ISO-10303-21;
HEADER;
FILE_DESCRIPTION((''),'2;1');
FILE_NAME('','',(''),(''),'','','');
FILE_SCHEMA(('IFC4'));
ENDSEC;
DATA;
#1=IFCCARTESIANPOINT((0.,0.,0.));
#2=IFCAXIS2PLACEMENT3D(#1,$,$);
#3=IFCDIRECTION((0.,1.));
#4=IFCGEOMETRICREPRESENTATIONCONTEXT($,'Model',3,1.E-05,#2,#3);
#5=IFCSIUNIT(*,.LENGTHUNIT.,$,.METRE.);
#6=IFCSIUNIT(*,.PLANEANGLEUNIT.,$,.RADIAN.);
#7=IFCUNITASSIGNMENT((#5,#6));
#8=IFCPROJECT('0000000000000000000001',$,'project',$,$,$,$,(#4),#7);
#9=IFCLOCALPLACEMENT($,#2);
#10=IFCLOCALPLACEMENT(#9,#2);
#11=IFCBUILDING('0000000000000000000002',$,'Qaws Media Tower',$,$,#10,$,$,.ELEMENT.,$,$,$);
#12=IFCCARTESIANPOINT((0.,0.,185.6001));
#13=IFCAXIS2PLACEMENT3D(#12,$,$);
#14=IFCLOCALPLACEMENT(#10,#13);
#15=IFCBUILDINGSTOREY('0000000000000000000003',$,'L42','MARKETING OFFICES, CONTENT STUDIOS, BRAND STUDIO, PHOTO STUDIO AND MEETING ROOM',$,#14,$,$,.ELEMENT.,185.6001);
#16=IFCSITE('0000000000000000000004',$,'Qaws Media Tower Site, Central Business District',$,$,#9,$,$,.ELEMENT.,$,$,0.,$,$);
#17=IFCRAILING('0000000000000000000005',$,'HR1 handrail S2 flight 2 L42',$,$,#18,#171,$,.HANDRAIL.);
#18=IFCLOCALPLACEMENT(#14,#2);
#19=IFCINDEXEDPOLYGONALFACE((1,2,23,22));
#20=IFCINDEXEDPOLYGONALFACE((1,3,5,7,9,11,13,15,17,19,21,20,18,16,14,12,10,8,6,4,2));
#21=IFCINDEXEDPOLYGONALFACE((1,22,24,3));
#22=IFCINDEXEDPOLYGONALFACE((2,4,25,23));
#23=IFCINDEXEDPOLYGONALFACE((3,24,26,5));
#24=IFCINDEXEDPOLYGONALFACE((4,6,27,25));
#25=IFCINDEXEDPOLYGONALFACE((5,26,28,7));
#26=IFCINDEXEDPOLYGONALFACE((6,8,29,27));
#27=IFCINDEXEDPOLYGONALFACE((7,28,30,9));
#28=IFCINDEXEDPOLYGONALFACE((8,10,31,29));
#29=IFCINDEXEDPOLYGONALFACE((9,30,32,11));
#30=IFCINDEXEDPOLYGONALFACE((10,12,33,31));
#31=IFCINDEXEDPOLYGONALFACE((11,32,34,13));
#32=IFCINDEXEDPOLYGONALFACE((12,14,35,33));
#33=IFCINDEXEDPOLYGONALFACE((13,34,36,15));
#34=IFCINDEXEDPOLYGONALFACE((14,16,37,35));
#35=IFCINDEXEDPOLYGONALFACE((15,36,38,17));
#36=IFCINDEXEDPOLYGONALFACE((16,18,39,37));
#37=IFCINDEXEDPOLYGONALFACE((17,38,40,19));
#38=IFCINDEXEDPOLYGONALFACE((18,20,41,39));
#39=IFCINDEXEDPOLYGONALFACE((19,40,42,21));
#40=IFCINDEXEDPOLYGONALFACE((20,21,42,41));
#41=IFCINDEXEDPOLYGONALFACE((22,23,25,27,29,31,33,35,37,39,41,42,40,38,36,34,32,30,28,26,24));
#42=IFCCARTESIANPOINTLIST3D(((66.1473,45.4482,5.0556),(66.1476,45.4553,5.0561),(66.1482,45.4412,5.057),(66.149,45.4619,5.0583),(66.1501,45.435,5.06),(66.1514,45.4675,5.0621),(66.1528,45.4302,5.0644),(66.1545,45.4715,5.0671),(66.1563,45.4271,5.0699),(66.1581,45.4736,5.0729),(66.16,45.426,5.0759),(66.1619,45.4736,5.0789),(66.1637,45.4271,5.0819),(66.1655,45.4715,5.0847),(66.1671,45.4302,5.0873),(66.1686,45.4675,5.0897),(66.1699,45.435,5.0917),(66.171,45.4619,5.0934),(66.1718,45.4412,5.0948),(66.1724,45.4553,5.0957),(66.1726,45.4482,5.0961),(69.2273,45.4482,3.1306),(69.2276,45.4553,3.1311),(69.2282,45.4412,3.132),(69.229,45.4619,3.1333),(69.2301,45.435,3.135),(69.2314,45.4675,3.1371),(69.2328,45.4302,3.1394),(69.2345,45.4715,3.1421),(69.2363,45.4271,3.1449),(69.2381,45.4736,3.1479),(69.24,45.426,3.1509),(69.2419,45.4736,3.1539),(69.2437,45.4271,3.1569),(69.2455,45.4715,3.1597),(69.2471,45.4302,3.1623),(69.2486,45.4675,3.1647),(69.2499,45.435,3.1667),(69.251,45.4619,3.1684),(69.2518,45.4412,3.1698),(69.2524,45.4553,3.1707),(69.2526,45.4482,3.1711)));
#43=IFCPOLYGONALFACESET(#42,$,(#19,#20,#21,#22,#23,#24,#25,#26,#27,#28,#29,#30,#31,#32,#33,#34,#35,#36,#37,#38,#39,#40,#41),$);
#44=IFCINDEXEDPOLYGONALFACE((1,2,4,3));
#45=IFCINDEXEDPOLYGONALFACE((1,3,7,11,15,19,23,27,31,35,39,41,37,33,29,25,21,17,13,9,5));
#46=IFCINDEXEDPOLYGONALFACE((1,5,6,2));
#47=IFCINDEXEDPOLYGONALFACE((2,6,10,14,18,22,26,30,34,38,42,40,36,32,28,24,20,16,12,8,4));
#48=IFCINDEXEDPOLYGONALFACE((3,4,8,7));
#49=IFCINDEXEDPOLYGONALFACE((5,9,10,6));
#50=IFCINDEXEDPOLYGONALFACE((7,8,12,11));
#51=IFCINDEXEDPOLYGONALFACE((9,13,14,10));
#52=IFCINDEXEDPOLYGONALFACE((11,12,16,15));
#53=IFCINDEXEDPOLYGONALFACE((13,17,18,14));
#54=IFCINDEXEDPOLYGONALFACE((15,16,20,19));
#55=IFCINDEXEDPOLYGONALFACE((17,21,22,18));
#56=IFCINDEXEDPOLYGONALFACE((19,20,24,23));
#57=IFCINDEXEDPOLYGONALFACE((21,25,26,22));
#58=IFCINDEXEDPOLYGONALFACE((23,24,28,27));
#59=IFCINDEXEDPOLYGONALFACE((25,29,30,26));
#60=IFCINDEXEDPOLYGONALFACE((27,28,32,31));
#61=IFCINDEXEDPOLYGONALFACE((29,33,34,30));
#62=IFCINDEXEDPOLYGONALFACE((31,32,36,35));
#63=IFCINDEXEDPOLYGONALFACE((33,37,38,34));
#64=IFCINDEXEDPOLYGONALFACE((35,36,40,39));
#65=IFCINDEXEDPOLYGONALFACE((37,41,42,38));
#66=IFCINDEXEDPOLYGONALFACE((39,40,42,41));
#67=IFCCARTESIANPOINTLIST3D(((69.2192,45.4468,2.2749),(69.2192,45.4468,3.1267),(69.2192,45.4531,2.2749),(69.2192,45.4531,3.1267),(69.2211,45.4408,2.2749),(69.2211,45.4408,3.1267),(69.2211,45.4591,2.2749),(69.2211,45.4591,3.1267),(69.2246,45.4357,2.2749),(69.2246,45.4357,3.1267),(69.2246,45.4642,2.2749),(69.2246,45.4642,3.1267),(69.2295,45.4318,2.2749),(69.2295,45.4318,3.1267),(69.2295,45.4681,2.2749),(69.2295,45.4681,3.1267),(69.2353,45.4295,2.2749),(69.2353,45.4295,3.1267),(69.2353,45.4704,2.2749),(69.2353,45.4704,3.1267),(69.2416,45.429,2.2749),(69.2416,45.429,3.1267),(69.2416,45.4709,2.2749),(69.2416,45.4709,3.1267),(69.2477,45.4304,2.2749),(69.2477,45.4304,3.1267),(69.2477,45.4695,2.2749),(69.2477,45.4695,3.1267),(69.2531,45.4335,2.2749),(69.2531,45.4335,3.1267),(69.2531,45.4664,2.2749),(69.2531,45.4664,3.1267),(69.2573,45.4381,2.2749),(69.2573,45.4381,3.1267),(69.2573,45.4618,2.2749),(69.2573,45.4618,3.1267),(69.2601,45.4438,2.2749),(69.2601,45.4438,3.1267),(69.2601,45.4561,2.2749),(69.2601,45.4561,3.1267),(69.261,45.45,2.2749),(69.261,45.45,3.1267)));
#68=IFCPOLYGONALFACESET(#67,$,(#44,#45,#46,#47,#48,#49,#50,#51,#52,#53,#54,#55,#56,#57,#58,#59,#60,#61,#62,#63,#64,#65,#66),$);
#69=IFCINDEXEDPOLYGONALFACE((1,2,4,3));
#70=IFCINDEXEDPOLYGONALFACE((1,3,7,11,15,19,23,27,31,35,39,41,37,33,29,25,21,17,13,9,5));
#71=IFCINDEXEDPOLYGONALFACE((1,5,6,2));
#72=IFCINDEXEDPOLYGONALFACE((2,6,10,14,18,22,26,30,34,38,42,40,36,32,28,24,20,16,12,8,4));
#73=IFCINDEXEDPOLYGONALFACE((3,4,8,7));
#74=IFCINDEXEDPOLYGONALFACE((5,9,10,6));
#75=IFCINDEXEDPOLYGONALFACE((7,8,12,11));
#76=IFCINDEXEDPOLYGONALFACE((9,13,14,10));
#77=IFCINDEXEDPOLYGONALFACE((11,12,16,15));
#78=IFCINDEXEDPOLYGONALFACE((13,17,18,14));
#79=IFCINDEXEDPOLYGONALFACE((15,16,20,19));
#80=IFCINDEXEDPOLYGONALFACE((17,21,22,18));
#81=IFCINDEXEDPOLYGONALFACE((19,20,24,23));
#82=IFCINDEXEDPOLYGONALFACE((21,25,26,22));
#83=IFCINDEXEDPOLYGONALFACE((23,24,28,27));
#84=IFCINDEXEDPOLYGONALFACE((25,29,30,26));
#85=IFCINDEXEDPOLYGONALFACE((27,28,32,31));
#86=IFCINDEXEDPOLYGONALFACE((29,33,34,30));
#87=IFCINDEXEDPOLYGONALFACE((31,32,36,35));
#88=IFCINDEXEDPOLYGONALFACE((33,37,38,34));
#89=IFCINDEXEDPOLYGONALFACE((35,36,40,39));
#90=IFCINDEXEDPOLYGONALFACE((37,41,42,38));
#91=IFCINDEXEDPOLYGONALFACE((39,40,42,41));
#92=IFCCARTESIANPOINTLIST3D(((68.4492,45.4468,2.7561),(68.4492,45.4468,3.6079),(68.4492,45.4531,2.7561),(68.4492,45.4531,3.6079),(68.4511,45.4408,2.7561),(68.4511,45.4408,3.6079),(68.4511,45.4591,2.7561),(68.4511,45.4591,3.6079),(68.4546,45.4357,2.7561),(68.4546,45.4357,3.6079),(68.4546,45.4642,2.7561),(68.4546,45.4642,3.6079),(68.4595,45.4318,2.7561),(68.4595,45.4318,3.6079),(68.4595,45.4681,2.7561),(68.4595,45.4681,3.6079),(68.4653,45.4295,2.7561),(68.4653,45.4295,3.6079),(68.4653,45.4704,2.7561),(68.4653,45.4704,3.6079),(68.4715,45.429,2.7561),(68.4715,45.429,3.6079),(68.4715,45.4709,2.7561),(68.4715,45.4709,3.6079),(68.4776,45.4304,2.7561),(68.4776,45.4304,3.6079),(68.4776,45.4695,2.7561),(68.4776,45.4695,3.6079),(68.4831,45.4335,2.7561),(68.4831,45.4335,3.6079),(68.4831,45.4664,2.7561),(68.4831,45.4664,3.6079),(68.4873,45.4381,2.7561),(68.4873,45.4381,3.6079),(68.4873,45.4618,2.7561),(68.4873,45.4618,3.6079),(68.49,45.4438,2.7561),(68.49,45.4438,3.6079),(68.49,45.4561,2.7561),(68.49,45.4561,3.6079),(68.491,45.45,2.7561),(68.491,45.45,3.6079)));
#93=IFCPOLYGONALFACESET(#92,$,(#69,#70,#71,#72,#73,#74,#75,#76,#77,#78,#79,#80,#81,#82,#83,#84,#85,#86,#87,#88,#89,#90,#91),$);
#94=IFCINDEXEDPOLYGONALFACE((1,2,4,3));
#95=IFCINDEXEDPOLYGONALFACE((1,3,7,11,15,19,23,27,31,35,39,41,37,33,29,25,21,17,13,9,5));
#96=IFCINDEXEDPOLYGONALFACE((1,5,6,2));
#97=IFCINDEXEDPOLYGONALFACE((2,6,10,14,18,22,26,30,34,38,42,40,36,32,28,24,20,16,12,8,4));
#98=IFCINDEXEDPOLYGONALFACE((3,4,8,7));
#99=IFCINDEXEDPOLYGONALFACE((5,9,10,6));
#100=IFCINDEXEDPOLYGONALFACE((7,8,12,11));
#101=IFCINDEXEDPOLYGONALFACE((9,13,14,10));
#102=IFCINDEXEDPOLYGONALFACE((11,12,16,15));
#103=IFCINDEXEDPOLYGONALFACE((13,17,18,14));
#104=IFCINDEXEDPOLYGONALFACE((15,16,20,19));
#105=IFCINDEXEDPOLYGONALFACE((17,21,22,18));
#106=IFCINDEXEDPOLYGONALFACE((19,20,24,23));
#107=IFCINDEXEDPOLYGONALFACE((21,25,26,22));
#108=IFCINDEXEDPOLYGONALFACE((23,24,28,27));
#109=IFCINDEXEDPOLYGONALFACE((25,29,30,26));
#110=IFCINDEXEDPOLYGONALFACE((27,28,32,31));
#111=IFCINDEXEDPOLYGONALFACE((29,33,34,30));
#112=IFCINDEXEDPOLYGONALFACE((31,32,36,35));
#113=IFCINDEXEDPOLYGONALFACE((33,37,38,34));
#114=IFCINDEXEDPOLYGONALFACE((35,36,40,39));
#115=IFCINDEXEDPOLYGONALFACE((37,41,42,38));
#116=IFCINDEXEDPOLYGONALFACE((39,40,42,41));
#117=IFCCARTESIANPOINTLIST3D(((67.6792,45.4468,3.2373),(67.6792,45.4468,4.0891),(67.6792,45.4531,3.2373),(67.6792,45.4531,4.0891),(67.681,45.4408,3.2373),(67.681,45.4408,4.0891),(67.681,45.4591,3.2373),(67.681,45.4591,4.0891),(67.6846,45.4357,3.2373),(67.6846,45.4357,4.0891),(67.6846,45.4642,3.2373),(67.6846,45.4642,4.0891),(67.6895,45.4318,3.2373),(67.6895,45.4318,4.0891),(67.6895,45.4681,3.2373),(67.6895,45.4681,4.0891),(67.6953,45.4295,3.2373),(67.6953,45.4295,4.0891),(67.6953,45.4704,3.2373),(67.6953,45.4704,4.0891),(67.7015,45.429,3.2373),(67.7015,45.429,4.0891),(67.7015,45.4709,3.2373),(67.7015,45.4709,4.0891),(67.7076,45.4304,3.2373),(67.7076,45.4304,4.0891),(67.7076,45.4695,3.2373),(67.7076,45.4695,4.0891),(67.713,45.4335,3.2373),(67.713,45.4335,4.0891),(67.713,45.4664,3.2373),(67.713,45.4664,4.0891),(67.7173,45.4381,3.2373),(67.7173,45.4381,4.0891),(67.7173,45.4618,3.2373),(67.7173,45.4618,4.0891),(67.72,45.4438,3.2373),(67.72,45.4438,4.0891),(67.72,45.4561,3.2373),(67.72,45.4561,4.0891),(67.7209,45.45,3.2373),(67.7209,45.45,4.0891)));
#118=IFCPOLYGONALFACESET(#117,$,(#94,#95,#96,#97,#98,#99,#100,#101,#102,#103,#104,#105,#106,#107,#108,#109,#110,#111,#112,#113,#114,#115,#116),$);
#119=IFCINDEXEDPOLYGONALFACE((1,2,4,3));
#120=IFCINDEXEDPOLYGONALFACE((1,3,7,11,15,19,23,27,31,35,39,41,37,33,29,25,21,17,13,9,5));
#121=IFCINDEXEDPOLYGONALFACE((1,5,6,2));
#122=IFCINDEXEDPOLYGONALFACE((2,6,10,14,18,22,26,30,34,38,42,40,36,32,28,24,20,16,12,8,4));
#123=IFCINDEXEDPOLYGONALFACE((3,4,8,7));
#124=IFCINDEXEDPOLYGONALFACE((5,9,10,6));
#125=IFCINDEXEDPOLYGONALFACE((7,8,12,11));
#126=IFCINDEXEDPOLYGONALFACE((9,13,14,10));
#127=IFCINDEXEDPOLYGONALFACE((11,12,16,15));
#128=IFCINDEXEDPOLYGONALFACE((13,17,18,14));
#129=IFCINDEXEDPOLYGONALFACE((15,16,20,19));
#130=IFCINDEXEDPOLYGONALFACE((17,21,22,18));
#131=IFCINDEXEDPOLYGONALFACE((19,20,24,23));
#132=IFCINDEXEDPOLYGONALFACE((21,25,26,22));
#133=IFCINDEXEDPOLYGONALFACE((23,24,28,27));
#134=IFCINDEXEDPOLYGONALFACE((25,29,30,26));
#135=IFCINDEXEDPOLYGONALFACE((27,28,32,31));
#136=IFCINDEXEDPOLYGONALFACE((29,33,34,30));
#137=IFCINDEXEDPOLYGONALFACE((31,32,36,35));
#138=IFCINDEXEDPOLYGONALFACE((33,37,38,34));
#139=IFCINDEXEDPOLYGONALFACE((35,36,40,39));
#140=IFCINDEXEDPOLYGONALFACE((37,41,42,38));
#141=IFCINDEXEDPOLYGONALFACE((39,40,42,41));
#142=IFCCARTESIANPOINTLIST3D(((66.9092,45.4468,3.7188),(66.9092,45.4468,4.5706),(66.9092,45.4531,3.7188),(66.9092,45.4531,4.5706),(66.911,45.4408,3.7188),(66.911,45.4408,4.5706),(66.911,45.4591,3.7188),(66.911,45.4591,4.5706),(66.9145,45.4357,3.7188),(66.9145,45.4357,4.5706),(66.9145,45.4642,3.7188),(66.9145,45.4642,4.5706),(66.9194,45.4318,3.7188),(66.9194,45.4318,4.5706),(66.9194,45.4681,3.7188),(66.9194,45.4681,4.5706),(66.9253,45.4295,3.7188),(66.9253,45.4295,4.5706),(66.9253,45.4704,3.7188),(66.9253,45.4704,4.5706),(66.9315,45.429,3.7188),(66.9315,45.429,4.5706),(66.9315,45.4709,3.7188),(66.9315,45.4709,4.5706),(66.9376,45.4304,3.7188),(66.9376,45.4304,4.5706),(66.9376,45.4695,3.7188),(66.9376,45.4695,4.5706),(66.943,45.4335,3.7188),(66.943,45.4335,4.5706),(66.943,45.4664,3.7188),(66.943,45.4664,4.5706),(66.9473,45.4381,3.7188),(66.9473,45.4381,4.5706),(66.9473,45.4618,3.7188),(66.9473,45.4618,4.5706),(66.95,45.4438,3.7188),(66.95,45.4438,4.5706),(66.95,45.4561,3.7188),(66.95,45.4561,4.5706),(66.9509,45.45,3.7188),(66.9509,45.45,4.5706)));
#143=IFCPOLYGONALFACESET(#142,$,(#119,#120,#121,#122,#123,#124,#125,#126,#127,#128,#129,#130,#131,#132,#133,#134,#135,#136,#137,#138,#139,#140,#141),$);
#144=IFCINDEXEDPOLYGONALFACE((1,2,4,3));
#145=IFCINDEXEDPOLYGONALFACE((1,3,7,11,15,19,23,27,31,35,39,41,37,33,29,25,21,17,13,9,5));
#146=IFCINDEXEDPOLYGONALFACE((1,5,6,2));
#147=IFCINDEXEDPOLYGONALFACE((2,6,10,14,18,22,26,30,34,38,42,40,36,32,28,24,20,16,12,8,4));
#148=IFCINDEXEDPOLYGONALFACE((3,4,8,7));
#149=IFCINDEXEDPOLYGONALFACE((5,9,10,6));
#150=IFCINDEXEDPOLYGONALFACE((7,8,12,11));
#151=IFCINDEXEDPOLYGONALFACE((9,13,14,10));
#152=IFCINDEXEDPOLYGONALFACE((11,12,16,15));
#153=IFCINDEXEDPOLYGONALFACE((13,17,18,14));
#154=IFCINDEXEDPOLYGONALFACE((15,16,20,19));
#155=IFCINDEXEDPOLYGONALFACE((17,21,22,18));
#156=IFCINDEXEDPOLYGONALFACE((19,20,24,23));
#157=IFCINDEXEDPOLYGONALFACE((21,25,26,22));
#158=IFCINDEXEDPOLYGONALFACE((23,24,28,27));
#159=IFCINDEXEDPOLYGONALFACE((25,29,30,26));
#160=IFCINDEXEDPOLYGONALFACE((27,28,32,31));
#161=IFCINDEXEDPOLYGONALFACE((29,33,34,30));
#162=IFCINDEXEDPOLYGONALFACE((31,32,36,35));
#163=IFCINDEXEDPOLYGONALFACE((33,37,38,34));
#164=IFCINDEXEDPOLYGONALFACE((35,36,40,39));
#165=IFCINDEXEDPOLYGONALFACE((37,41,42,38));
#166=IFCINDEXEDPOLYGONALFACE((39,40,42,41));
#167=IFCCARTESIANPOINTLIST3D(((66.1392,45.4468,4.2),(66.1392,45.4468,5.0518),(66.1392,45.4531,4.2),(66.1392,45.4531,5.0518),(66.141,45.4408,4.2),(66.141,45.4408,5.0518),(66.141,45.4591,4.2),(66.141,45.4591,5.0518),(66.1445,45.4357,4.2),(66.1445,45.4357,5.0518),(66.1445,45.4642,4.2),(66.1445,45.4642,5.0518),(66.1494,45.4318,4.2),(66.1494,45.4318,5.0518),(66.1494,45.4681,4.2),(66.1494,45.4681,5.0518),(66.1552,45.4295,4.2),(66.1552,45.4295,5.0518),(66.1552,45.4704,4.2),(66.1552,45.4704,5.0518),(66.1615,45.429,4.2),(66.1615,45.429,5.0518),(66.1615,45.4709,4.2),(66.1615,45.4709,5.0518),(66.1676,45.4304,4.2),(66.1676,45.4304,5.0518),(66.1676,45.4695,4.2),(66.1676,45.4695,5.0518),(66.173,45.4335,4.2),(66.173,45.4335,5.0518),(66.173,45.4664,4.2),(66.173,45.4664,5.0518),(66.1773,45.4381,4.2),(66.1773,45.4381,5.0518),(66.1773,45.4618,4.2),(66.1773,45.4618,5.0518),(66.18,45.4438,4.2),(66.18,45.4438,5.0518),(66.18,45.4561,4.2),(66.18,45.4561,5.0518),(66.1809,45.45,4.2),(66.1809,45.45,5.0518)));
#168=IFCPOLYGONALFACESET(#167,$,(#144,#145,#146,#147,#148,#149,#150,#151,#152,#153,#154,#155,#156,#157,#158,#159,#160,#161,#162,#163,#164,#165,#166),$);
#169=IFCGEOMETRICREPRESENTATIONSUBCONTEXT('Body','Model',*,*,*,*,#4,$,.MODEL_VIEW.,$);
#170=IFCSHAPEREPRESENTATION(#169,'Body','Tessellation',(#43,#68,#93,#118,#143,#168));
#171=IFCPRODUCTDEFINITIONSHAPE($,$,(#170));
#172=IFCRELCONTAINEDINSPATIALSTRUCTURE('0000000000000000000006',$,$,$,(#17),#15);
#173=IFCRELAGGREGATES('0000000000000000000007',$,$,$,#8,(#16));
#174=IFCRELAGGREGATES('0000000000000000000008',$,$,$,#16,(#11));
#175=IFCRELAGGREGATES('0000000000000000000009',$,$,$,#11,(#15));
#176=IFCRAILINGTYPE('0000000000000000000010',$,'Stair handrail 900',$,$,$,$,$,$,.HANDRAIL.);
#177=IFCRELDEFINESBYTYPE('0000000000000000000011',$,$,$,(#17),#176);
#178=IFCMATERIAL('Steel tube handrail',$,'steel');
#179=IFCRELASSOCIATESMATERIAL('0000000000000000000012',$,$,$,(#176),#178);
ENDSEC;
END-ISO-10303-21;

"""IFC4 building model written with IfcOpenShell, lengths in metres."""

from ifc_helpers import new_model, si_unit, direction, frame, origin, origin_2d, place, context, subcontext, project, spatial, circle, extrude, material, type_object, element, save


model = new_model("IFC4")

# Units and contexts
model_context = context("Model", 3, precision=1e-05, world=origin(), true_north=direction((0.0, 1.0)))
body_context = subcontext(model_context, "Body", "Model", "MODEL_VIEW")
ifc_project = project(units=[si_unit("LENGTHUNIT", "METRE"), si_unit("PLANEANGLEUNIT", "RADIAN")], contexts=[model_context])

# Site, building, storey
site_placement = place(None, origin())
site = spatial("IfcSite", under=ifc_project, at=site_placement, Name="Qaws Media Tower Site, Central Business District", CompositionType="ELEMENT", RefElevation=0.0)
building_placement = place(site_placement, origin())
building = spatial("IfcBuilding", under=site, at=building_placement, Name="Qaws Media Tower", CompositionType="ELEMENT")
storey_placement = place(building_placement, frame((0.0, 0.0, 185.6001)))
storey = spatial("IfcBuildingStorey", under=building, at=storey_placement, Name="L42", Description="MARKETING OFFICES, CONTENT STUDIOS, BRAND STUDIO, PHOTO STUDIO AND MEETING ROOM", CompositionType="ELEMENT", Elevation=185.6001)

# Railing
ifc_material_1 = material(Name="Steel tube handrail", Category="steel")
railing_type = type_object("IfcRailingType", Name="Stair handrail 900", PredefinedType="HANDRAIL", material=ifc_material_1)
for number, where, name in (
    (1, (69.24, 45.45, 2.2749), "HR1 handrail S2 flight 2 L42"),
):
    element("IfcRailing", number, at=place(storey_placement, frame(where)), inside=storey, type_object=railing_type, Name=name, PredefinedType="HANDRAIL", context=body_context, shape_type="SweptSolid", body=[
        extrude(circle(Radius=0.0239, at=origin_2d()), frame((0.0, 0.0, 0.876), z_axis=(-0.847998, 0.0, 0.529999), x_axis=(0.0, -1.0, 0.0)), (0.0, 0.0, 1.0), 3.6321),
        extrude(circle(Radius=0.021, at=origin_2d()), origin(), (0.0, 0.0, 1.0), 0.8518),
        extrude(circle(Radius=0.021, at=origin_2d()), frame((-0.77, 0.0, 0.4812)), (0.0, 0.0, 1.0), 0.8518),
        extrude(circle(Radius=0.021, at=origin_2d()), frame((-1.54, 0.0, 0.9624)), (0.0, 0.0, 1.0), 0.8518),
        extrude(circle(Radius=0.021, at=origin_2d()), frame((-2.3101, 0.0, 1.4438)), (0.0, 0.0, 1.0), 0.8518),
        extrude(circle(Radius=0.021, at=origin_2d()), frame((-3.0801, 0.0, 1.925)), (0.0, 0.0, 1.0), 0.8518),
    ])

save(model, "model.ifc")
